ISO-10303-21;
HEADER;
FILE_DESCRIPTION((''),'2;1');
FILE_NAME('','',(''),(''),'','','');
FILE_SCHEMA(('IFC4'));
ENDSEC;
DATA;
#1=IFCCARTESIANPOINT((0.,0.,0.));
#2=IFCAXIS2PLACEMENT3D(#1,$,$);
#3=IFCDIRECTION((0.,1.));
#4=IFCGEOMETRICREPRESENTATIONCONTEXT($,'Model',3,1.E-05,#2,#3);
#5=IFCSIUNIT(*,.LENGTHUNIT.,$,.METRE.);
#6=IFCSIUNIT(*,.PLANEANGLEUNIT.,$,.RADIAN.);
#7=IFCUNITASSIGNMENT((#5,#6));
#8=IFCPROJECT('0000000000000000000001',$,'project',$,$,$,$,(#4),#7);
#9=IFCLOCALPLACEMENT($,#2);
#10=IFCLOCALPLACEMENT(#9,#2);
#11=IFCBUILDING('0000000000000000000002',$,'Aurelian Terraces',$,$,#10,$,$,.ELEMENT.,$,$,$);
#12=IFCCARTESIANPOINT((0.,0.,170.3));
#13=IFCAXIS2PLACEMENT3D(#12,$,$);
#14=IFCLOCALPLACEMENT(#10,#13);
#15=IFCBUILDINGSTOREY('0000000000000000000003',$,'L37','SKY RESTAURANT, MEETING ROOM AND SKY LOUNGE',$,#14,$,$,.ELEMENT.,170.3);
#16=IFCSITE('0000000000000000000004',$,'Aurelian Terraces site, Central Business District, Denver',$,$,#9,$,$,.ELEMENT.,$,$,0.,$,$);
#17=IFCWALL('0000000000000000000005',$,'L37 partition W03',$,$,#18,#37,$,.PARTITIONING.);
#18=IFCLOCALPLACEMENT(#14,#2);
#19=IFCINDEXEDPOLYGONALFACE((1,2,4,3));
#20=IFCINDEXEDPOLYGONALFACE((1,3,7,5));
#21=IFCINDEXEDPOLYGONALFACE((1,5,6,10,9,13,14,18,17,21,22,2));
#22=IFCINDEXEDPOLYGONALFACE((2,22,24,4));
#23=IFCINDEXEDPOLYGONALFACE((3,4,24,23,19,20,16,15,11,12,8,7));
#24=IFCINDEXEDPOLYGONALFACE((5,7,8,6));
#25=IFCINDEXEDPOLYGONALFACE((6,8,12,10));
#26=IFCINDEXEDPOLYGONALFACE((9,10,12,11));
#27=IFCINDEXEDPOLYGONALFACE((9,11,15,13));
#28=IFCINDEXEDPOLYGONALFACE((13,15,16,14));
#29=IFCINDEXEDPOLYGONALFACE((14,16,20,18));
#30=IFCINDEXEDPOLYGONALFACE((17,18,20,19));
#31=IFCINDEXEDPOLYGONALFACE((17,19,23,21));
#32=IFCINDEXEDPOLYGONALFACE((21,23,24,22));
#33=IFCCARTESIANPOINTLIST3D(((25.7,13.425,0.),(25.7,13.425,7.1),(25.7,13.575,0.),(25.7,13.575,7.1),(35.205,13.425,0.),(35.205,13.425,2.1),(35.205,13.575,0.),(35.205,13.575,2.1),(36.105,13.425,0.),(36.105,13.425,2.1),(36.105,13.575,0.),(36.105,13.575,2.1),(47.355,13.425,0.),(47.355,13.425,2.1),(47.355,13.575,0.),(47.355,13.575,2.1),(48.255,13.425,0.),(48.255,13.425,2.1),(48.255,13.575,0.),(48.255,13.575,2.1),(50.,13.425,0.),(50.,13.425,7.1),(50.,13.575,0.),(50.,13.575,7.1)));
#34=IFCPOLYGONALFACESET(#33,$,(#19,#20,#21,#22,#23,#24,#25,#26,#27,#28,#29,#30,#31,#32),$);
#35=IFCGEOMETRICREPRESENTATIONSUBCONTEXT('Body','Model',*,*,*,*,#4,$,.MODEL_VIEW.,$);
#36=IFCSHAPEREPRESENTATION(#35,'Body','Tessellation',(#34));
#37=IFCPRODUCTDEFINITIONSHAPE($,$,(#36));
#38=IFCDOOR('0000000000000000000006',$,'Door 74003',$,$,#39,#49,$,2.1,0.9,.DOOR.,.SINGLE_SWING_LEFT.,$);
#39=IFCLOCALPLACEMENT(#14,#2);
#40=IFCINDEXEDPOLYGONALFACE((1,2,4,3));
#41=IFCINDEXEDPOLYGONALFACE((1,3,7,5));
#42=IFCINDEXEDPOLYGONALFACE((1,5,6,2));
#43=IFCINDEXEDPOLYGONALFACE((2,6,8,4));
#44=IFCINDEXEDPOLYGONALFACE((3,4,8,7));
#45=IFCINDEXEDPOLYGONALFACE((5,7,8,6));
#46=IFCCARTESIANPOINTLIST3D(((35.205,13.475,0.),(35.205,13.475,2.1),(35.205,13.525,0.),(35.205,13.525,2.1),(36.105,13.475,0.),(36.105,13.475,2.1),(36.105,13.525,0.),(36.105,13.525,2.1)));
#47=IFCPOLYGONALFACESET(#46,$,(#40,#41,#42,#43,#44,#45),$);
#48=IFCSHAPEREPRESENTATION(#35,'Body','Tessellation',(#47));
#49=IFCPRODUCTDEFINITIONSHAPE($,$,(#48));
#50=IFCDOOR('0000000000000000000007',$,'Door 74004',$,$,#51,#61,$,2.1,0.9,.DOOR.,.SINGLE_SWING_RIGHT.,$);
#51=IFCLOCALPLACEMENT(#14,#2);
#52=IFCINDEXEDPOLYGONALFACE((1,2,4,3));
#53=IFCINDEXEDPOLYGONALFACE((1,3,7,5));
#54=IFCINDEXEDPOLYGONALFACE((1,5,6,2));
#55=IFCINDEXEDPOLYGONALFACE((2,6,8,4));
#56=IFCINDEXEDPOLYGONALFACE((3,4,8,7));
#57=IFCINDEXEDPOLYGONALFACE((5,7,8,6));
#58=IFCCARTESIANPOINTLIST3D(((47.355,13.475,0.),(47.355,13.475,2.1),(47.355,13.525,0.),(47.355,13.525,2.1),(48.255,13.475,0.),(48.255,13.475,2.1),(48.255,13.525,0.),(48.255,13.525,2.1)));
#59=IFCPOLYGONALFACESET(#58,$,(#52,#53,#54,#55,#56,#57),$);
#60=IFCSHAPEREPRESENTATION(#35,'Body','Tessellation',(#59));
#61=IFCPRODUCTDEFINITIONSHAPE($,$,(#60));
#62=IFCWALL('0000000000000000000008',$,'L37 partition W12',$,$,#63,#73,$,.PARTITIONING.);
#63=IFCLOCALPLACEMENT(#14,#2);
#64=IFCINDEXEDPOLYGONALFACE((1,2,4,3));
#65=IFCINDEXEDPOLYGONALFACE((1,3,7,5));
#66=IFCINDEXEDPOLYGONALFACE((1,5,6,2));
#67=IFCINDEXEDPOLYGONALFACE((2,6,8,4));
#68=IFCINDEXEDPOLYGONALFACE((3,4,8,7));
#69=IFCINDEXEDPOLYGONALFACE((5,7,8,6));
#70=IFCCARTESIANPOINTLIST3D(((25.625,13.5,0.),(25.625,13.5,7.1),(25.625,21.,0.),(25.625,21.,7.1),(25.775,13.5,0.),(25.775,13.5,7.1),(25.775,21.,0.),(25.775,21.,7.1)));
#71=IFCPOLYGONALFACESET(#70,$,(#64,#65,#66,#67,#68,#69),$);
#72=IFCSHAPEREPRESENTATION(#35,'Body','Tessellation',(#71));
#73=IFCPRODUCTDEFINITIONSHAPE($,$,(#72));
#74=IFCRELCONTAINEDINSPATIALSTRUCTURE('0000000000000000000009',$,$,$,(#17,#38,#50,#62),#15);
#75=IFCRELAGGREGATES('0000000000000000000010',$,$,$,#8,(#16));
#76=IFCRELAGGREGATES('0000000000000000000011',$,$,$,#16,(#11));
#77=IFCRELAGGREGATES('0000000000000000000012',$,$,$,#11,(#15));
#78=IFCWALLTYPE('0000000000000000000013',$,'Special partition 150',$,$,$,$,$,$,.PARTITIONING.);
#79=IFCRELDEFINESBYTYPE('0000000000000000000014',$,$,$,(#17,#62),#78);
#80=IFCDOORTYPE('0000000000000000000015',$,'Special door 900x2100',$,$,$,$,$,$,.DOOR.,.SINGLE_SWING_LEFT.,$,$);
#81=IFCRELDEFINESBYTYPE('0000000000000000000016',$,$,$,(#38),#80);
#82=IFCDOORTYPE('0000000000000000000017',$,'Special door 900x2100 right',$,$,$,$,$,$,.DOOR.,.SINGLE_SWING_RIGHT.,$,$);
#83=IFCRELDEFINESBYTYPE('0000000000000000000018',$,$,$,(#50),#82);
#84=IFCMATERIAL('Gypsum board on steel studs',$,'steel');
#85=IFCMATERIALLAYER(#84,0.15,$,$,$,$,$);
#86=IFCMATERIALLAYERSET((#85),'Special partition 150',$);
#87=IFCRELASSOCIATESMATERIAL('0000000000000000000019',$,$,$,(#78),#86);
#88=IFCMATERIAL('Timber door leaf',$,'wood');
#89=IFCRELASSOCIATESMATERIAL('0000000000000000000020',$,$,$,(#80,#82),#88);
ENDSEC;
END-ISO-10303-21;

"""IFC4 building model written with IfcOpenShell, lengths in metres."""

from ifc_helpers import new_model, si_unit, direction, frame, frame_2d, origin, place, context, subcontext, project, spatial, rectangle, extrude, source, transform, mapped, material, layer, layer_set, type_object, element, fill, save


model = new_model("IFC4")

# Units and contexts
model_context = context("Model", 3, precision=1e-05, world=origin(), true_north=direction((0.0, 1.0)))
body_context = subcontext(model_context, "Body", "Model", "MODEL_VIEW")
ifc_project = project(units=[si_unit("LENGTHUNIT", "METRE"), si_unit("PLANEANGLEUNIT", "RADIAN")], contexts=[model_context])

# Site, building, storey
site_placement = place(None, origin())
site = spatial("IfcSite", under=ifc_project, at=site_placement, Name="Aurelian Terraces site, Central Business District, Denver", CompositionType="ELEMENT", RefElevation=0.0)
building_placement = place(site_placement, origin())
building = spatial("IfcBuilding", under=site, at=building_placement, Name="Aurelian Terraces", CompositionType="ELEMENT")
storey_placement = place(building_placement, frame((0.0, 0.0, 170.3)))
storey = spatial("IfcBuildingStorey", under=building, at=storey_placement, Name="L37", Description="SKY RESTAURANT, MEETING ROOM AND SKY LOUNGE", CompositionType="ELEMENT", Elevation=170.3)

# Wall, openings, doors
ifc_material_1 = material(Name="Gypsum board on steel studs", Category="steel")
ifc_layer_1 = layer(ifc_material_1, 0.15)
ifc_layer_set_1 = layer_set([ifc_layer_1], Name="Special partition 150")
wall_type = type_object("IfcWallType", Name="Special partition 150", PredefinedType="PARTITIONING", material=ifc_layer_set_1)
wall_1_placement = place(storey_placement, frame((25.7, 13.5, 0.0), z_axis=(0.0, 0.0, 1.0), x_axis=(1.0, 0.0, 0.0)))
wall_1 = element("IfcWall", 1, at=wall_1_placement, inside=storey, type_object=wall_type, Name="L37 partition W03", PredefinedType="PARTITIONING", context=body_context, shape_type="SweptSolid", body=[
    extrude(rectangle(XDim=24.3, YDim=0.15, at=frame_2d((12.15, 0.0))), origin(), (0.0, 0.0, 1.0), 7.1),
])
shared_shape_1 = source(origin(), body_context, "Body", "SweptSolid", [
    extrude(rectangle(XDim=0.9, YDim=2.1, at=frame_2d((0.45, 1.05))), frame((0.0, 0.085, 0.0), z_axis=(0.0, -1.0, 0.0), x_axis=(1.0, 0.0, 0.0)), (0.0, 0.0, 1.0), 0.17),
])
opening_1_placement = place(wall_1_placement, frame((9.505, 0.0, 0.0)))
opening_1 = element("IfcOpeningElement", 2, at=opening_1_placement, cuts=wall_1, PredefinedType="OPENING", context=body_context, shape_type="MappedRepresentation", body=[
    mapped(shared_shape_1, transform((0.0, 0.0, 0.0), scale=1.0)),
])
opening_2_placement = place(wall_1_placement, frame((21.655, 0.0, 0.0)))
opening_2 = element("IfcOpeningElement", 3, at=opening_2_placement, cuts=wall_1, PredefinedType="OPENING", context=body_context, shape_type="MappedRepresentation", body=[
    mapped(shared_shape_1, transform((0.0, 0.0, 0.0), scale=1.0)),
])
ifc_material_2 = material(Name="Timber door leaf", Category="wood")
door_type_1 = type_object("IfcDoorType", Name="Special door 900x2100", OperationType="SINGLE_SWING_LEFT", PredefinedType="DOOR", material=ifc_material_2)
shared_shape_2 = source(origin(), body_context, "Body", "SweptSolid", [
    extrude(rectangle(XDim=0.9, YDim=2.1, at=frame_2d((0.45, 1.05))), frame((0.0, 0.025, 0.0), z_axis=(0.0, -1.0, 0.0), x_axis=(1.0, 0.0, 0.0)), (0.0, 0.0, 1.0), 0.05),
])
door_1_placement = place(opening_1_placement, origin())
door_1 = element("IfcDoor", 4, at=door_1_placement, inside=storey, type_object=door_type_1, Name="Door 74003", OperationType="SINGLE_SWING_LEFT", OverallHeight=2.1, OverallWidth=0.9, PredefinedType="DOOR", context=body_context, shape_type="MappedRepresentation", body=[
    mapped(shared_shape_2, transform((0.0, 0.0, 0.0), scale=1.0)),
])
fill(opening_1, door_1)
door_type_2 = type_object("IfcDoorType", Name="Special door 900x2100 right", OperationType="SINGLE_SWING_RIGHT", PredefinedType="DOOR", material=ifc_material_2)
door_2_placement = place(opening_2_placement, origin())
door_2 = element("IfcDoor", 5, at=door_2_placement, inside=storey, type_object=door_type_2, Name="Door 74004", OperationType="SINGLE_SWING_RIGHT", OverallHeight=2.1, OverallWidth=0.9, PredefinedType="DOOR", context=body_context, shape_type="MappedRepresentation", body=[
    mapped(shared_shape_2, transform((0.0, 0.0, 0.0), scale=1.0)),
])
fill(opening_2, door_2)

# Wall
wall_2_placement = place(storey_placement, frame((25.7, 13.5, 0.0), z_axis=(0.0, 0.0, 1.0), x_axis=(0.0, 1.0, 0.0)))
element("IfcWall", 6, at=wall_2_placement, inside=storey, type_object=wall_type, Name="L37 partition W12", PredefinedType="PARTITIONING", context=body_context, shape_type="SweptSolid", body=[
    extrude(rectangle(XDim=7.5, YDim=0.15, at=frame_2d((3.75, 0.0))), origin(), (0.0, 0.0, 1.0), 7.1),
])

save(model, "model.ifc")
